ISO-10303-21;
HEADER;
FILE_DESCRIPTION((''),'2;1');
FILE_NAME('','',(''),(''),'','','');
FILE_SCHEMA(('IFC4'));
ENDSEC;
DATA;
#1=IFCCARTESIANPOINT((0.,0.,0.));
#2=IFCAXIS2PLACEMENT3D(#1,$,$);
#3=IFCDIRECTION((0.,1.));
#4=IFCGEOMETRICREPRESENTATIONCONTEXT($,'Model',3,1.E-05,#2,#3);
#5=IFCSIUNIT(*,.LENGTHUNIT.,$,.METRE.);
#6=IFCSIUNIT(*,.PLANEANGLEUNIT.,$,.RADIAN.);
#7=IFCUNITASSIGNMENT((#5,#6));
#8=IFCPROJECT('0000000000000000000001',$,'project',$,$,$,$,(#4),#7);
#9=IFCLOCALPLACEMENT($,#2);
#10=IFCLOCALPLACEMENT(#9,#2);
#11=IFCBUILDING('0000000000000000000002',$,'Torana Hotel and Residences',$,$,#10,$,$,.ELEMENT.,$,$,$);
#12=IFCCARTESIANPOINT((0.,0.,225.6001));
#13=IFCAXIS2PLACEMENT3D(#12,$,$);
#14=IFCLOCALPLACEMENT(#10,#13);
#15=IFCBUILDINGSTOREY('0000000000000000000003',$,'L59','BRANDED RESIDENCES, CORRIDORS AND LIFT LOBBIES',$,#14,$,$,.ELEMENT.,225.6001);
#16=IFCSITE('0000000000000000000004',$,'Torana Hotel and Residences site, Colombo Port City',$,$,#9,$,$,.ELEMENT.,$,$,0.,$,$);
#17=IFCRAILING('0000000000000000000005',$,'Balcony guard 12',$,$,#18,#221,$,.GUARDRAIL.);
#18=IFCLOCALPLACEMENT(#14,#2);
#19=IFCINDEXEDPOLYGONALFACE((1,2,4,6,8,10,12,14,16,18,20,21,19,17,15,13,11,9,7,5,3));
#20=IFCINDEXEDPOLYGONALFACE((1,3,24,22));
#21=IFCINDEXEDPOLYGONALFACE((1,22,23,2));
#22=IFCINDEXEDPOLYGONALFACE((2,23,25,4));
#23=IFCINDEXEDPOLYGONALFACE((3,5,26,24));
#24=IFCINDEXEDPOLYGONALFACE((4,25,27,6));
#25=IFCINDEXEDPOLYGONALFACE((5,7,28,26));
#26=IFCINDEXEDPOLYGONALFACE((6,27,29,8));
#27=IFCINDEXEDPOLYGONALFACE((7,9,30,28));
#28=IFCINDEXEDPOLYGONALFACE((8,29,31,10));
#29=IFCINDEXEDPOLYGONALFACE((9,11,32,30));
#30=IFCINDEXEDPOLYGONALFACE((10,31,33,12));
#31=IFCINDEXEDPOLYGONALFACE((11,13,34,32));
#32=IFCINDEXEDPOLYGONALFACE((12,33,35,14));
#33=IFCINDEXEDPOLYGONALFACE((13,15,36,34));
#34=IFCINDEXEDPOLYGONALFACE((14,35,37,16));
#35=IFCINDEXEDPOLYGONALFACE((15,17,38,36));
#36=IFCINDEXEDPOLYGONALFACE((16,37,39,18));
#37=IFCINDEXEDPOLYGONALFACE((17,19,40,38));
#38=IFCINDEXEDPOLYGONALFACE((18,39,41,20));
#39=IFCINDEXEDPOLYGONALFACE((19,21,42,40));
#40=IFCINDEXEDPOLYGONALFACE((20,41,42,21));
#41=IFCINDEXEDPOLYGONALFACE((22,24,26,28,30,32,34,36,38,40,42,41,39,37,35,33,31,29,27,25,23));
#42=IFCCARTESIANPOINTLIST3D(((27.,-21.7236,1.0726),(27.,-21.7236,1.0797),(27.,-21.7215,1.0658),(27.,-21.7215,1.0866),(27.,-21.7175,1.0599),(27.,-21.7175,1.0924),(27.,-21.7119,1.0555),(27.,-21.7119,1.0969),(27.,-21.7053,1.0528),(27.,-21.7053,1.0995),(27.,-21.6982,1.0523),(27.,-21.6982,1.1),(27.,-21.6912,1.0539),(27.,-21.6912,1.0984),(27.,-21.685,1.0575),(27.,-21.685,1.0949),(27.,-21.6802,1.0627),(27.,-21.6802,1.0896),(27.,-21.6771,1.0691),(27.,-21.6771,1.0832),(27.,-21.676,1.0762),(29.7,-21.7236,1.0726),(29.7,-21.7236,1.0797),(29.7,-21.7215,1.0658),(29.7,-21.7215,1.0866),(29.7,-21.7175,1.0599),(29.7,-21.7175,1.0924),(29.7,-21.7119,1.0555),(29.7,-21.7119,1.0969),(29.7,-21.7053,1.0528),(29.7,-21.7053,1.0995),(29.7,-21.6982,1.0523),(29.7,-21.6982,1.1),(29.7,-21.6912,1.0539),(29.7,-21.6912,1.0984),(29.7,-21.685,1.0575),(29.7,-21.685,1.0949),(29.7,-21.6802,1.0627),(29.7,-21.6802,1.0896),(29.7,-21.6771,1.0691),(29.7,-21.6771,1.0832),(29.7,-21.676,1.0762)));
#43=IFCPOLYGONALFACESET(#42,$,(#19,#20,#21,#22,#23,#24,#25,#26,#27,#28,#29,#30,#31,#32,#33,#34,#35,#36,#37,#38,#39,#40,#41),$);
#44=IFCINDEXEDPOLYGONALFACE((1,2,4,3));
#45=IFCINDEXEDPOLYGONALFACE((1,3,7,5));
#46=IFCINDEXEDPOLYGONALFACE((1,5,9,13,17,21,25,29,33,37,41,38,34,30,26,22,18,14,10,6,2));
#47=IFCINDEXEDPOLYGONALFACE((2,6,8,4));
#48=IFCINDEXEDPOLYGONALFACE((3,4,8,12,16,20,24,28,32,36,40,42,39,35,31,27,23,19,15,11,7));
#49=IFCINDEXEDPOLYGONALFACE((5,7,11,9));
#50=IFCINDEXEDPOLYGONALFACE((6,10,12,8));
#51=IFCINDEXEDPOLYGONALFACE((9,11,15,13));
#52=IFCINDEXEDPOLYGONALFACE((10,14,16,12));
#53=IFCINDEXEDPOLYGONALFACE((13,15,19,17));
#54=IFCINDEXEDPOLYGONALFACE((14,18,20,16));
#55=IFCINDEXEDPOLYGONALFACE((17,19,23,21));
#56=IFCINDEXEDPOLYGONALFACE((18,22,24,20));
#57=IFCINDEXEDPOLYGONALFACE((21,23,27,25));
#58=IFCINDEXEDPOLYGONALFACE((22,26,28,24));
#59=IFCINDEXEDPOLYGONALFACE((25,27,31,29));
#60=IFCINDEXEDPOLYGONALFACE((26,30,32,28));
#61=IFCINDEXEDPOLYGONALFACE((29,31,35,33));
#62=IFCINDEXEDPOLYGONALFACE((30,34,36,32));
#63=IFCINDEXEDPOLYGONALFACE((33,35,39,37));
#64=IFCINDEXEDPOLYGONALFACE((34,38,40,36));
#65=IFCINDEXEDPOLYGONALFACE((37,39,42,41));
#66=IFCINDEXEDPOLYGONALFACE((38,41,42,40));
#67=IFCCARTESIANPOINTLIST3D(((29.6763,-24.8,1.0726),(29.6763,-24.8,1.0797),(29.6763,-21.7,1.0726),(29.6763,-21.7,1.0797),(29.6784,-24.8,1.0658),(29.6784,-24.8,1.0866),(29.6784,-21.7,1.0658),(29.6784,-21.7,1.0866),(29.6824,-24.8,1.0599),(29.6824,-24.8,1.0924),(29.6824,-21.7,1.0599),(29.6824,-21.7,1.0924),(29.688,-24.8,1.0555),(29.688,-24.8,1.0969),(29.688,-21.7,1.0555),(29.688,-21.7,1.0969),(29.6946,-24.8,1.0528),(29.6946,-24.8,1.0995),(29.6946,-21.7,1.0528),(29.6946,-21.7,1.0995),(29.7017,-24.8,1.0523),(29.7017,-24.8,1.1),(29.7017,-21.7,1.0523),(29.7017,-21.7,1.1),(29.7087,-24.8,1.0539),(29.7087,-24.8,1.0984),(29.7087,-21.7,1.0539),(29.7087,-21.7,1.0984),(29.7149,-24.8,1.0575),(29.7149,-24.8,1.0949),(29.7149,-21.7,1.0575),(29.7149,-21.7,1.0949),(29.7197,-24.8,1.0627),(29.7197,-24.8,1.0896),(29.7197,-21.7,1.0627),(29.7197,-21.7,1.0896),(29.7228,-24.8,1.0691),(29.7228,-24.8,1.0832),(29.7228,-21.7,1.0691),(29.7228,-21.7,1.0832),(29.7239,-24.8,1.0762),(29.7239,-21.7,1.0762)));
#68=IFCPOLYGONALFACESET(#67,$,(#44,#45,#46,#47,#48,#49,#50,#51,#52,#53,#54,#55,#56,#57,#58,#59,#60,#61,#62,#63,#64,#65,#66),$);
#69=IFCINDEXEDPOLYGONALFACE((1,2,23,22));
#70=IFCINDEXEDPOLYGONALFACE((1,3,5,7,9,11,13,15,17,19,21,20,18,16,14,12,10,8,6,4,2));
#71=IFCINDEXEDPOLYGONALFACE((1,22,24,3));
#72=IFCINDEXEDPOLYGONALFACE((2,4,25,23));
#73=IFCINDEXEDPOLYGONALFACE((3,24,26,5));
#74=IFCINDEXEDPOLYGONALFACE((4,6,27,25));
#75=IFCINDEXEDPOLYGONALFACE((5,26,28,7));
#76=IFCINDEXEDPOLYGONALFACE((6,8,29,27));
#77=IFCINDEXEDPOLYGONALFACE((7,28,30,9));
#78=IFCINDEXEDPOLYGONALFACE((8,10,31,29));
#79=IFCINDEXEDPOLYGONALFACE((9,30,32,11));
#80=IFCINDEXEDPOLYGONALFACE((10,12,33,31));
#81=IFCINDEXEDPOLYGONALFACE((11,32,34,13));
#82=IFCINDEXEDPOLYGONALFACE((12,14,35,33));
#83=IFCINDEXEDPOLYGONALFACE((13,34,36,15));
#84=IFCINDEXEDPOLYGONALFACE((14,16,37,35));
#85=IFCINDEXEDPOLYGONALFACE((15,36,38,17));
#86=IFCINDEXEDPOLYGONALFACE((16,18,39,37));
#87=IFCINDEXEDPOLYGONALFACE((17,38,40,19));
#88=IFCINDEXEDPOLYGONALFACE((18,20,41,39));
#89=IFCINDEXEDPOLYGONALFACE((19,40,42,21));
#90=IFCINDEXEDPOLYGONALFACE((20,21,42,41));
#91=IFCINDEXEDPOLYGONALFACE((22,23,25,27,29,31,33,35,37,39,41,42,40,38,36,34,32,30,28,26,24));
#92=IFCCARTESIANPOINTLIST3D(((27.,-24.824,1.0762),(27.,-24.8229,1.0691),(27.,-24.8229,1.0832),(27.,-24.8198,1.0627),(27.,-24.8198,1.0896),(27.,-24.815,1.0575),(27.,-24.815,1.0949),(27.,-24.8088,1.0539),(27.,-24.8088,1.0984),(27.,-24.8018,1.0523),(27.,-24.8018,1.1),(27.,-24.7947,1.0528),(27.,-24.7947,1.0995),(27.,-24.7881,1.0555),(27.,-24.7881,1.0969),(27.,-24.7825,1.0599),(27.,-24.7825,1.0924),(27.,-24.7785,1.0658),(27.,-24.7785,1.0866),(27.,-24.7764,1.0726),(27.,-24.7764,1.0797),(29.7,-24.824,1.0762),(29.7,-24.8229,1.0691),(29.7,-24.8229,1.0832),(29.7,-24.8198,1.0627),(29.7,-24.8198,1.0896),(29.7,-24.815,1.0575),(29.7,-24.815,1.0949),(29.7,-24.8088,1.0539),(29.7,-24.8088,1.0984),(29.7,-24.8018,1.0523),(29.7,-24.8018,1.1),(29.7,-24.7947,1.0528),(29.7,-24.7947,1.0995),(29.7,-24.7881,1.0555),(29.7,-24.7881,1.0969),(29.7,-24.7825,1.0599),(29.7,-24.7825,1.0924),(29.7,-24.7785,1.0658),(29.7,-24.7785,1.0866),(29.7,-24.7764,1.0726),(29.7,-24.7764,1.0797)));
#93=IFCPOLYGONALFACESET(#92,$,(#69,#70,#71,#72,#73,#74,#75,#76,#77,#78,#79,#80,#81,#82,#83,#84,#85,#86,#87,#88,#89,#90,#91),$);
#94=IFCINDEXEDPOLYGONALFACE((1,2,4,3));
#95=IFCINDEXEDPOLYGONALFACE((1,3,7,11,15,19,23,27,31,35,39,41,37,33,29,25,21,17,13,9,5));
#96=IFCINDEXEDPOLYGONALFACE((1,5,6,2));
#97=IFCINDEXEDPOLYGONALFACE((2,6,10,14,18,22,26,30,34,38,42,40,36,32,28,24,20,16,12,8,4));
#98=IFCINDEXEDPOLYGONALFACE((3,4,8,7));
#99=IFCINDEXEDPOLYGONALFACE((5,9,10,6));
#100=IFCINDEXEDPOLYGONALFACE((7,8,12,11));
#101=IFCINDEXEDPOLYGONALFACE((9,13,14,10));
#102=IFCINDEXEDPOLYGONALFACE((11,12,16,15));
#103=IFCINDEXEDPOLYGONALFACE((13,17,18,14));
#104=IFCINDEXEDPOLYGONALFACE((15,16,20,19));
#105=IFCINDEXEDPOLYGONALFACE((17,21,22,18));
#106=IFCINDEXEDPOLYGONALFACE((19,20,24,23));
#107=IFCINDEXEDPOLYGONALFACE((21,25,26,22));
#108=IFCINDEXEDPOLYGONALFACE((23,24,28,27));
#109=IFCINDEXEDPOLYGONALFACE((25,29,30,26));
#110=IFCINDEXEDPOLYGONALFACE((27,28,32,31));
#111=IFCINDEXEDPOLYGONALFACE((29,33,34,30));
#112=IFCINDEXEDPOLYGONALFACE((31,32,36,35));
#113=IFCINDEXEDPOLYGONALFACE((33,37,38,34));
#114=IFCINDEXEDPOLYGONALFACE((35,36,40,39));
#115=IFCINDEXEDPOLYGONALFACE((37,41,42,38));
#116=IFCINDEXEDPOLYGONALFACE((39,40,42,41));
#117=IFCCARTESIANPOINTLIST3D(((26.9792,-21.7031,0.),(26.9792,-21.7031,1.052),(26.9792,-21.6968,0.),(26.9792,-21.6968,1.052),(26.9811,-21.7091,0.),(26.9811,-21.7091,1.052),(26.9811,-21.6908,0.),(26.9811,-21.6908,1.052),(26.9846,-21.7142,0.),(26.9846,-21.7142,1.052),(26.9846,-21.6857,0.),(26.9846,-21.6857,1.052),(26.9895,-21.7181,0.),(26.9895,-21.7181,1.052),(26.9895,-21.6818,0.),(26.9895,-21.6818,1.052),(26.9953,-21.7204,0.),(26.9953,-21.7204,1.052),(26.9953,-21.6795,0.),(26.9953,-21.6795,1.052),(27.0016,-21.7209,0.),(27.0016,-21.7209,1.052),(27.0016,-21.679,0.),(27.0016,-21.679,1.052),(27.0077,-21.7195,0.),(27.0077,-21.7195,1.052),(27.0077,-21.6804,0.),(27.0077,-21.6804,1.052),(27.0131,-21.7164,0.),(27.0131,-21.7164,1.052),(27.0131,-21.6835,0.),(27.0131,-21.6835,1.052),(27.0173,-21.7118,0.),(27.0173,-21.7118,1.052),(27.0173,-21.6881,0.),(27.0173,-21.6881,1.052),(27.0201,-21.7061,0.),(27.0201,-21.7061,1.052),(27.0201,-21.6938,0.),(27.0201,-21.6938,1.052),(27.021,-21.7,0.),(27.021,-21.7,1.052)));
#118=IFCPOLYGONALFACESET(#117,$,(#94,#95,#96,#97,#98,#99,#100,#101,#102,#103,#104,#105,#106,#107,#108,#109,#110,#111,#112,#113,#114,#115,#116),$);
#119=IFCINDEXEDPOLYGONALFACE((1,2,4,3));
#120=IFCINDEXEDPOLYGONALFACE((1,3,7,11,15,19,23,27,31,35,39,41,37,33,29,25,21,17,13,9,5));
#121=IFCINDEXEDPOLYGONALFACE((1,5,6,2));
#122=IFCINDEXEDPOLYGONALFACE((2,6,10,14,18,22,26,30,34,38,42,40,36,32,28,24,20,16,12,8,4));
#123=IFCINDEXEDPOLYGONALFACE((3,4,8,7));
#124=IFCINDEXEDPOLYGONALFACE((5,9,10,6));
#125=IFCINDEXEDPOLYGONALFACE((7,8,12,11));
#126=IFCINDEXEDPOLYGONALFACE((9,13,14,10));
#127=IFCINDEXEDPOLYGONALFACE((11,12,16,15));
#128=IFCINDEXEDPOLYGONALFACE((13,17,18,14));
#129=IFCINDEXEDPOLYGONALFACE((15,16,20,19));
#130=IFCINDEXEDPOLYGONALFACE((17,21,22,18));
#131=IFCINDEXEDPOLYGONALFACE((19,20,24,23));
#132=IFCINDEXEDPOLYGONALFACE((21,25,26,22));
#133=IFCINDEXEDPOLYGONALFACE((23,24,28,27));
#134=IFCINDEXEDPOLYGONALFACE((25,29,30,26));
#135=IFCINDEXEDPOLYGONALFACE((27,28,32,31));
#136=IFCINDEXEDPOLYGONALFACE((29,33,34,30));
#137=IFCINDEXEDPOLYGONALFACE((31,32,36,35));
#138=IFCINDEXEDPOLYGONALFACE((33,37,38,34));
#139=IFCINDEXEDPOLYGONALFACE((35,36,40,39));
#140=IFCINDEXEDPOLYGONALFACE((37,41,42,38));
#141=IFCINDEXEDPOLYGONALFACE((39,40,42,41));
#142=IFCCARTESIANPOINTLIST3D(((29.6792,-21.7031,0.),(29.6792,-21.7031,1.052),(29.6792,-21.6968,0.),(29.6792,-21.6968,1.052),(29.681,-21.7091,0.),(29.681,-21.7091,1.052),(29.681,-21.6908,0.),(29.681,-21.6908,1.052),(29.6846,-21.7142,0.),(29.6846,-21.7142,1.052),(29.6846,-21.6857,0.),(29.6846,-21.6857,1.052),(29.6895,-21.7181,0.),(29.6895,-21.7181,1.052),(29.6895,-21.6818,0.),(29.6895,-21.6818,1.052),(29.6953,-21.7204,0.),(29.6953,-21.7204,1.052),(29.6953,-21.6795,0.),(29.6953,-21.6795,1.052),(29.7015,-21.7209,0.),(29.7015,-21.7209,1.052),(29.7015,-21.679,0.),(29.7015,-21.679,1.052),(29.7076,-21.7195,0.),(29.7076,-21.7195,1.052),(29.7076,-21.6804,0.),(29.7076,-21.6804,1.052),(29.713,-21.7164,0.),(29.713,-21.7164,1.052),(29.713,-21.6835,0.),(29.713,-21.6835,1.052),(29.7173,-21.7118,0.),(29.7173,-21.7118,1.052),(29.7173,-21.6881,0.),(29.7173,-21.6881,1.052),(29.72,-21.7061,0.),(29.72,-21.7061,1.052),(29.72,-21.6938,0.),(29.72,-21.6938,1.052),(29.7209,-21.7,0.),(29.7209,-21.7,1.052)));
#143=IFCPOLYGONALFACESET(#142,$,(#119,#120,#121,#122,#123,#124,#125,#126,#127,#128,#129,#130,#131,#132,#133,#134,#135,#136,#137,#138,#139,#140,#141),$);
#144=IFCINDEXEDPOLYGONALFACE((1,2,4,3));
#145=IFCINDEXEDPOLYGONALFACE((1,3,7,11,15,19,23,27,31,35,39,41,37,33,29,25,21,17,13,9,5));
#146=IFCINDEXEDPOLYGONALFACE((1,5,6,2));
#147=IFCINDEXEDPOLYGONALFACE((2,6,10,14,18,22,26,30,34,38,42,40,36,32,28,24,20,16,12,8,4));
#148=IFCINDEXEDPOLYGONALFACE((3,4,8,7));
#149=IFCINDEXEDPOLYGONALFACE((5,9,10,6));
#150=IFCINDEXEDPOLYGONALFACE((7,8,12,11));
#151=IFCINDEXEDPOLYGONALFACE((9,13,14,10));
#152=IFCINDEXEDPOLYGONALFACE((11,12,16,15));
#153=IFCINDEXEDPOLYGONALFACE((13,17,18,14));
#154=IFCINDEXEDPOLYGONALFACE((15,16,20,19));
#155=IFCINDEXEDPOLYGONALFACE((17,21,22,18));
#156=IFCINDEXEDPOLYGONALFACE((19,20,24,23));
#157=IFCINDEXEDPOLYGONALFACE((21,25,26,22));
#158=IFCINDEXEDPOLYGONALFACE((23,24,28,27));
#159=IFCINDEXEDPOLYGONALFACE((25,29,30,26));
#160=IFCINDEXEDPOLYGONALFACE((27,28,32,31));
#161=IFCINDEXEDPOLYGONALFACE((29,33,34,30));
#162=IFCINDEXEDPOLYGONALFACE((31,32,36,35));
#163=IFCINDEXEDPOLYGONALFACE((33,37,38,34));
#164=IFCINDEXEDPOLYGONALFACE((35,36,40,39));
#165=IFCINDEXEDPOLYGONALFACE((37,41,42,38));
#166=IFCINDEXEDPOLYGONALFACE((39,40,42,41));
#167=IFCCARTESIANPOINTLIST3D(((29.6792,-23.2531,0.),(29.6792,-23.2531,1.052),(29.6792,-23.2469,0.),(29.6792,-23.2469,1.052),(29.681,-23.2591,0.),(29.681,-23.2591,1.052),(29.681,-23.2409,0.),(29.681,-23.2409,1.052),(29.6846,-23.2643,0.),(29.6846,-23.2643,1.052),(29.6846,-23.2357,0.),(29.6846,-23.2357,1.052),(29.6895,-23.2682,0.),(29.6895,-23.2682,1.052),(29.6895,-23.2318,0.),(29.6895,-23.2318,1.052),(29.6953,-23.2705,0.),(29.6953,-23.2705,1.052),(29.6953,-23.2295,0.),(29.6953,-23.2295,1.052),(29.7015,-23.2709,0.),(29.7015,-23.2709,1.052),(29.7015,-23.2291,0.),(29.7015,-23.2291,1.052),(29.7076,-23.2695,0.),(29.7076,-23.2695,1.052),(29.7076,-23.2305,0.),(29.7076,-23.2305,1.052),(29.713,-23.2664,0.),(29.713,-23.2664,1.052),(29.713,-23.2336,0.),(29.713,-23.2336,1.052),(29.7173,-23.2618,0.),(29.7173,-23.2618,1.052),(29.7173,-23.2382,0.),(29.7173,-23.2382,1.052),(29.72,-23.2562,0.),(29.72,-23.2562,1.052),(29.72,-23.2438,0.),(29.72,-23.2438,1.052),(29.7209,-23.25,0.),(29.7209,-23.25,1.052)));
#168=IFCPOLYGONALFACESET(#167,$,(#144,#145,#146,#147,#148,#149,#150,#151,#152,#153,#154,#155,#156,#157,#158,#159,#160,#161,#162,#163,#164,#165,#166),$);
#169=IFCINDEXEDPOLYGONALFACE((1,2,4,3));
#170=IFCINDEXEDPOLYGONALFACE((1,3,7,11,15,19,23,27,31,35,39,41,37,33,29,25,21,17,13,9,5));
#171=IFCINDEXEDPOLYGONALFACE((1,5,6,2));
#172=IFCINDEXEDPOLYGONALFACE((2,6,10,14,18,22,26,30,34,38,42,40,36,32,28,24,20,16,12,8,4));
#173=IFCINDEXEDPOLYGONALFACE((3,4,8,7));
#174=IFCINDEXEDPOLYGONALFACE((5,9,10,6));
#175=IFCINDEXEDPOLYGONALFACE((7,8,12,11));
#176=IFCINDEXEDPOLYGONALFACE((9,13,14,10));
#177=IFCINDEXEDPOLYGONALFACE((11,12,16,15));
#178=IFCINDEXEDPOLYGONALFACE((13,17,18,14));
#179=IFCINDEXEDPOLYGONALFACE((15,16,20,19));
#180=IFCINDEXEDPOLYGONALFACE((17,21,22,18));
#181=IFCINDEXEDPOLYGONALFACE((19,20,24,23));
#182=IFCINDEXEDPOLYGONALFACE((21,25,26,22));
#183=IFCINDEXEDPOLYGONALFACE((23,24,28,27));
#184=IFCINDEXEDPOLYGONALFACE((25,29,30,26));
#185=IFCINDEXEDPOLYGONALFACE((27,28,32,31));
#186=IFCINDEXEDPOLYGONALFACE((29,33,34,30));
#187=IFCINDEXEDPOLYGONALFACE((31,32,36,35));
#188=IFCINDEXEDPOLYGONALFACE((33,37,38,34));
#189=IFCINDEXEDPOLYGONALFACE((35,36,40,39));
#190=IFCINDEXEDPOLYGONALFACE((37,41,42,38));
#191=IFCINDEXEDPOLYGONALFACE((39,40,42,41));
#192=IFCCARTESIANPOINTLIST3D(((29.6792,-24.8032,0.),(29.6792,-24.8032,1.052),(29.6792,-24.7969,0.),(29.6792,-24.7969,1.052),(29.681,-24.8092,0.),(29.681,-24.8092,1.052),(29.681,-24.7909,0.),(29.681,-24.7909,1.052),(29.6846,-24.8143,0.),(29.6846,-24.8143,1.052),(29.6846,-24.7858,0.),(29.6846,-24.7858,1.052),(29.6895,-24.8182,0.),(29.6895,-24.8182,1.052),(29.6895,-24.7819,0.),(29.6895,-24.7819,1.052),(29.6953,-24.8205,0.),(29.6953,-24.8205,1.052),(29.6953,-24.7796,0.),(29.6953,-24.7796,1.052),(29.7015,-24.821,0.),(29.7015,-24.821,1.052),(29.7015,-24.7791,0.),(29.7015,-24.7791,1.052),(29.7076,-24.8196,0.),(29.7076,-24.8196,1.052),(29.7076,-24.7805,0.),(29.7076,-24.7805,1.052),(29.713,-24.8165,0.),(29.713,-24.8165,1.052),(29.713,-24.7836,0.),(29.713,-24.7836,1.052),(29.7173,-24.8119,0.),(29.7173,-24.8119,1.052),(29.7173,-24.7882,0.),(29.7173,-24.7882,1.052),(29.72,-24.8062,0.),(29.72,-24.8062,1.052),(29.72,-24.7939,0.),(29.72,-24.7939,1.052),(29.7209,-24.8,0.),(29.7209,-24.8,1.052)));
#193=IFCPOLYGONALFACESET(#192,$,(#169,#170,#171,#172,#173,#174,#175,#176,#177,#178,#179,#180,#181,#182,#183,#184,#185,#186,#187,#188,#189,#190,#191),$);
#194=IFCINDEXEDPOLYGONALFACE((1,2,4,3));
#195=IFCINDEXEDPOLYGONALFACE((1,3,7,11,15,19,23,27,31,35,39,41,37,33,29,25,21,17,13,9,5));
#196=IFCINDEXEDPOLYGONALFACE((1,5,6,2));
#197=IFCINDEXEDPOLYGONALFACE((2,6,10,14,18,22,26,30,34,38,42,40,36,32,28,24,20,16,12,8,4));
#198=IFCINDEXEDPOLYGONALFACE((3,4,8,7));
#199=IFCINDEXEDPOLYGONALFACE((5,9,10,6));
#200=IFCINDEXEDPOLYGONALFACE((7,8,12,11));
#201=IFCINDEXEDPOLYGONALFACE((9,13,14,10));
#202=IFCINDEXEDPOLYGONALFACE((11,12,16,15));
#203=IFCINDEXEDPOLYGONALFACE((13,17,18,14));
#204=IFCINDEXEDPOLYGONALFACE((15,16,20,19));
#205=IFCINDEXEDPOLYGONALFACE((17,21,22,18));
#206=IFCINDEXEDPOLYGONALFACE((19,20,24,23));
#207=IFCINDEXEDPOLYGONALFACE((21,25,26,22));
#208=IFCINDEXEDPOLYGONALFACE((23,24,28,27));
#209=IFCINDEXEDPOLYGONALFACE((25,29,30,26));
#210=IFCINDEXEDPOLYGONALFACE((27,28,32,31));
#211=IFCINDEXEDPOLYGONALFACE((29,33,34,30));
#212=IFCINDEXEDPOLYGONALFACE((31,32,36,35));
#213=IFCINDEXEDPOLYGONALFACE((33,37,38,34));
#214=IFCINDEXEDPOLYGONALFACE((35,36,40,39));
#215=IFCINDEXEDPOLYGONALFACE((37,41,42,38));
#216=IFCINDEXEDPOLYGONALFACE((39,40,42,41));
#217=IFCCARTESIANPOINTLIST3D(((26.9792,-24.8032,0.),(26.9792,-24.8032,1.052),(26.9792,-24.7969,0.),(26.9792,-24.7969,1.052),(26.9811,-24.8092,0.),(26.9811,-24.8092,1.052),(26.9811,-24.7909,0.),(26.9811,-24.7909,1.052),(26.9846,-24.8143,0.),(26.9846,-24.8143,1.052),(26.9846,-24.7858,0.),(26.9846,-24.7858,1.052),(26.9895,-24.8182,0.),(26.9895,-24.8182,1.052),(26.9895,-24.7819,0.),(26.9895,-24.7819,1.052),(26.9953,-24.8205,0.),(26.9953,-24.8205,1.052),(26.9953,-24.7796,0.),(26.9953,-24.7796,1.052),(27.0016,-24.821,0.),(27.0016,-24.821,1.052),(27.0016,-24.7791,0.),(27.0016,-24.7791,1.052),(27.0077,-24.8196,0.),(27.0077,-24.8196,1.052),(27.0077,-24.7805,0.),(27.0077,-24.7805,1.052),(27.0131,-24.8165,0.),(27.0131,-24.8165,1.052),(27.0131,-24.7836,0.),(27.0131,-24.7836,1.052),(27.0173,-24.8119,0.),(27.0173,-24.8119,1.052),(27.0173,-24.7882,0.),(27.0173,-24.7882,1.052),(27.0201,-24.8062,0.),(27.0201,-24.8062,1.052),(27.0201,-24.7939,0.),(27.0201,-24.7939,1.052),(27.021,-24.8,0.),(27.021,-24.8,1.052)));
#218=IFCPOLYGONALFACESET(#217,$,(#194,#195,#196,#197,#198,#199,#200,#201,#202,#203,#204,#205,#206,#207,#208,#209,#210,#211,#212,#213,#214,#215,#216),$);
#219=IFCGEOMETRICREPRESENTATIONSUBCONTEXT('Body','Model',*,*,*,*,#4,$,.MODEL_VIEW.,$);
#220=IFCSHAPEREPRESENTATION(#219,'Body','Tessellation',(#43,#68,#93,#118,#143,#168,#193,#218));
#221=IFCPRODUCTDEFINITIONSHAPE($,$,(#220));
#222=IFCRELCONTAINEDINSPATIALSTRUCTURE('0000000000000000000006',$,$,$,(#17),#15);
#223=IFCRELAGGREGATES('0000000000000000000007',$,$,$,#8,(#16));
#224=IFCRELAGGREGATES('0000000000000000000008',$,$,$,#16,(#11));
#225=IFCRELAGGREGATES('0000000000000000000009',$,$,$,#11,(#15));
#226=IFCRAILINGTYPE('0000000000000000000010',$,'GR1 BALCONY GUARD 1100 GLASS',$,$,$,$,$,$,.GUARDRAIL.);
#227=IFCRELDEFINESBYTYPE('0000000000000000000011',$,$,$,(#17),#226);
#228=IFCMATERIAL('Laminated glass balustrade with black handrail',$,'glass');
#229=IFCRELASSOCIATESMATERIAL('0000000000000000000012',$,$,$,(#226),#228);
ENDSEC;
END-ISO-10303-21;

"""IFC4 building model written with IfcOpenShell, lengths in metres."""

from ifc_helpers import new_model, si_unit, direction, frame, origin, origin_2d, place, context, subcontext, project, spatial, circle, extrude, material, type_object, element, save


model = new_model("IFC4")

# Units and contexts
model_context = context("Model", 3, precision=1e-05, world=origin(), true_north=direction((0.0, 1.0)))
body_context = subcontext(model_context, "Body", "Model", "MODEL_VIEW")
ifc_project = project(units=[si_unit("LENGTHUNIT", "METRE"), si_unit("PLANEANGLEUNIT", "RADIAN")], contexts=[model_context])

# Site, building, storey
site_placement = place(None, origin())
site = spatial("IfcSite", under=ifc_project, at=site_placement, Name="Torana Hotel and Residences site, Colombo Port City", CompositionType="ELEMENT", RefElevation=0.0)
building_placement = place(site_placement, origin())
building = spatial("IfcBuilding", under=site, at=building_placement, Name="Torana Hotel and Residences", CompositionType="ELEMENT")
storey_placement = place(building_placement, frame((0.0, 0.0, 225.6001)))
storey = spatial("IfcBuildingStorey", under=building, at=storey_placement, Name="L59", Description="BRANDED RESIDENCES, CORRIDORS AND LIFT LOBBIES", CompositionType="ELEMENT", Elevation=225.6001)

# Railing
ifc_material_1 = material(Name="Laminated glass balustrade with black handrail", Category="glass")
railing_type = type_object("IfcRailingType", Name="GR1 BALCONY GUARD 1100 GLASS", PredefinedType="GUARDRAIL", material=ifc_material_1)
railing_1_placement = place(storey_placement, frame((27.0, -21.7, 0.0)))
element("IfcRailing", 1, at=railing_1_placement, inside=storey, type_object=railing_type, Name="Balcony guard 12", PredefinedType="GUARDRAIL", context=body_context, shape_type="SweptSolid", body=[
    extrude(circle(Radius=0.0239, at=origin_2d()), frame((0.0, 0.0, 1.0762), z_axis=(1.0, 0.0, 0.0), x_axis=(0.0, 1.0, 0.0)), (0.0, 0.0, 1.0), 2.7),
    extrude(circle(Radius=0.0239, at=origin_2d()), frame((2.7, 0.0, 1.0762), z_axis=(0.0, -1.0, 0.0), x_axis=(1.0, 0.0, 0.0)), (0.0, 0.0, 1.0), 3.1001),
    extrude(circle(Radius=0.0239, at=origin_2d()), frame((2.7, -3.1001, 1.0762), z_axis=(-1.0, 0.0, 0.0), x_axis=(0.0, -1.0, 0.0)), (0.0, 0.0, 1.0), 2.7),
    extrude(circle(Radius=0.021, at=origin_2d()), origin(), (0.0, 0.0, 1.0), 1.052),
    extrude(circle(Radius=0.021, at=origin_2d()), frame((2.7, 0.0, 0.0)), (0.0, 0.0, 1.0), 1.052),
    extrude(circle(Radius=0.021, at=origin_2d()), frame((2.7, -1.55, 0.0)), (0.0, 0.0, 1.0), 1.052),
    extrude(circle(Radius=0.021, at=origin_2d()), frame((2.7, -3.1001, 0.0)), (0.0, 0.0, 1.0), 1.052),
    extrude(circle(Radius=0.021, at=origin_2d()), frame((0.0, -3.1001, 0.0)), (0.0, 0.0, 1.0), 1.052),
])

save(model, "model.ifc")
